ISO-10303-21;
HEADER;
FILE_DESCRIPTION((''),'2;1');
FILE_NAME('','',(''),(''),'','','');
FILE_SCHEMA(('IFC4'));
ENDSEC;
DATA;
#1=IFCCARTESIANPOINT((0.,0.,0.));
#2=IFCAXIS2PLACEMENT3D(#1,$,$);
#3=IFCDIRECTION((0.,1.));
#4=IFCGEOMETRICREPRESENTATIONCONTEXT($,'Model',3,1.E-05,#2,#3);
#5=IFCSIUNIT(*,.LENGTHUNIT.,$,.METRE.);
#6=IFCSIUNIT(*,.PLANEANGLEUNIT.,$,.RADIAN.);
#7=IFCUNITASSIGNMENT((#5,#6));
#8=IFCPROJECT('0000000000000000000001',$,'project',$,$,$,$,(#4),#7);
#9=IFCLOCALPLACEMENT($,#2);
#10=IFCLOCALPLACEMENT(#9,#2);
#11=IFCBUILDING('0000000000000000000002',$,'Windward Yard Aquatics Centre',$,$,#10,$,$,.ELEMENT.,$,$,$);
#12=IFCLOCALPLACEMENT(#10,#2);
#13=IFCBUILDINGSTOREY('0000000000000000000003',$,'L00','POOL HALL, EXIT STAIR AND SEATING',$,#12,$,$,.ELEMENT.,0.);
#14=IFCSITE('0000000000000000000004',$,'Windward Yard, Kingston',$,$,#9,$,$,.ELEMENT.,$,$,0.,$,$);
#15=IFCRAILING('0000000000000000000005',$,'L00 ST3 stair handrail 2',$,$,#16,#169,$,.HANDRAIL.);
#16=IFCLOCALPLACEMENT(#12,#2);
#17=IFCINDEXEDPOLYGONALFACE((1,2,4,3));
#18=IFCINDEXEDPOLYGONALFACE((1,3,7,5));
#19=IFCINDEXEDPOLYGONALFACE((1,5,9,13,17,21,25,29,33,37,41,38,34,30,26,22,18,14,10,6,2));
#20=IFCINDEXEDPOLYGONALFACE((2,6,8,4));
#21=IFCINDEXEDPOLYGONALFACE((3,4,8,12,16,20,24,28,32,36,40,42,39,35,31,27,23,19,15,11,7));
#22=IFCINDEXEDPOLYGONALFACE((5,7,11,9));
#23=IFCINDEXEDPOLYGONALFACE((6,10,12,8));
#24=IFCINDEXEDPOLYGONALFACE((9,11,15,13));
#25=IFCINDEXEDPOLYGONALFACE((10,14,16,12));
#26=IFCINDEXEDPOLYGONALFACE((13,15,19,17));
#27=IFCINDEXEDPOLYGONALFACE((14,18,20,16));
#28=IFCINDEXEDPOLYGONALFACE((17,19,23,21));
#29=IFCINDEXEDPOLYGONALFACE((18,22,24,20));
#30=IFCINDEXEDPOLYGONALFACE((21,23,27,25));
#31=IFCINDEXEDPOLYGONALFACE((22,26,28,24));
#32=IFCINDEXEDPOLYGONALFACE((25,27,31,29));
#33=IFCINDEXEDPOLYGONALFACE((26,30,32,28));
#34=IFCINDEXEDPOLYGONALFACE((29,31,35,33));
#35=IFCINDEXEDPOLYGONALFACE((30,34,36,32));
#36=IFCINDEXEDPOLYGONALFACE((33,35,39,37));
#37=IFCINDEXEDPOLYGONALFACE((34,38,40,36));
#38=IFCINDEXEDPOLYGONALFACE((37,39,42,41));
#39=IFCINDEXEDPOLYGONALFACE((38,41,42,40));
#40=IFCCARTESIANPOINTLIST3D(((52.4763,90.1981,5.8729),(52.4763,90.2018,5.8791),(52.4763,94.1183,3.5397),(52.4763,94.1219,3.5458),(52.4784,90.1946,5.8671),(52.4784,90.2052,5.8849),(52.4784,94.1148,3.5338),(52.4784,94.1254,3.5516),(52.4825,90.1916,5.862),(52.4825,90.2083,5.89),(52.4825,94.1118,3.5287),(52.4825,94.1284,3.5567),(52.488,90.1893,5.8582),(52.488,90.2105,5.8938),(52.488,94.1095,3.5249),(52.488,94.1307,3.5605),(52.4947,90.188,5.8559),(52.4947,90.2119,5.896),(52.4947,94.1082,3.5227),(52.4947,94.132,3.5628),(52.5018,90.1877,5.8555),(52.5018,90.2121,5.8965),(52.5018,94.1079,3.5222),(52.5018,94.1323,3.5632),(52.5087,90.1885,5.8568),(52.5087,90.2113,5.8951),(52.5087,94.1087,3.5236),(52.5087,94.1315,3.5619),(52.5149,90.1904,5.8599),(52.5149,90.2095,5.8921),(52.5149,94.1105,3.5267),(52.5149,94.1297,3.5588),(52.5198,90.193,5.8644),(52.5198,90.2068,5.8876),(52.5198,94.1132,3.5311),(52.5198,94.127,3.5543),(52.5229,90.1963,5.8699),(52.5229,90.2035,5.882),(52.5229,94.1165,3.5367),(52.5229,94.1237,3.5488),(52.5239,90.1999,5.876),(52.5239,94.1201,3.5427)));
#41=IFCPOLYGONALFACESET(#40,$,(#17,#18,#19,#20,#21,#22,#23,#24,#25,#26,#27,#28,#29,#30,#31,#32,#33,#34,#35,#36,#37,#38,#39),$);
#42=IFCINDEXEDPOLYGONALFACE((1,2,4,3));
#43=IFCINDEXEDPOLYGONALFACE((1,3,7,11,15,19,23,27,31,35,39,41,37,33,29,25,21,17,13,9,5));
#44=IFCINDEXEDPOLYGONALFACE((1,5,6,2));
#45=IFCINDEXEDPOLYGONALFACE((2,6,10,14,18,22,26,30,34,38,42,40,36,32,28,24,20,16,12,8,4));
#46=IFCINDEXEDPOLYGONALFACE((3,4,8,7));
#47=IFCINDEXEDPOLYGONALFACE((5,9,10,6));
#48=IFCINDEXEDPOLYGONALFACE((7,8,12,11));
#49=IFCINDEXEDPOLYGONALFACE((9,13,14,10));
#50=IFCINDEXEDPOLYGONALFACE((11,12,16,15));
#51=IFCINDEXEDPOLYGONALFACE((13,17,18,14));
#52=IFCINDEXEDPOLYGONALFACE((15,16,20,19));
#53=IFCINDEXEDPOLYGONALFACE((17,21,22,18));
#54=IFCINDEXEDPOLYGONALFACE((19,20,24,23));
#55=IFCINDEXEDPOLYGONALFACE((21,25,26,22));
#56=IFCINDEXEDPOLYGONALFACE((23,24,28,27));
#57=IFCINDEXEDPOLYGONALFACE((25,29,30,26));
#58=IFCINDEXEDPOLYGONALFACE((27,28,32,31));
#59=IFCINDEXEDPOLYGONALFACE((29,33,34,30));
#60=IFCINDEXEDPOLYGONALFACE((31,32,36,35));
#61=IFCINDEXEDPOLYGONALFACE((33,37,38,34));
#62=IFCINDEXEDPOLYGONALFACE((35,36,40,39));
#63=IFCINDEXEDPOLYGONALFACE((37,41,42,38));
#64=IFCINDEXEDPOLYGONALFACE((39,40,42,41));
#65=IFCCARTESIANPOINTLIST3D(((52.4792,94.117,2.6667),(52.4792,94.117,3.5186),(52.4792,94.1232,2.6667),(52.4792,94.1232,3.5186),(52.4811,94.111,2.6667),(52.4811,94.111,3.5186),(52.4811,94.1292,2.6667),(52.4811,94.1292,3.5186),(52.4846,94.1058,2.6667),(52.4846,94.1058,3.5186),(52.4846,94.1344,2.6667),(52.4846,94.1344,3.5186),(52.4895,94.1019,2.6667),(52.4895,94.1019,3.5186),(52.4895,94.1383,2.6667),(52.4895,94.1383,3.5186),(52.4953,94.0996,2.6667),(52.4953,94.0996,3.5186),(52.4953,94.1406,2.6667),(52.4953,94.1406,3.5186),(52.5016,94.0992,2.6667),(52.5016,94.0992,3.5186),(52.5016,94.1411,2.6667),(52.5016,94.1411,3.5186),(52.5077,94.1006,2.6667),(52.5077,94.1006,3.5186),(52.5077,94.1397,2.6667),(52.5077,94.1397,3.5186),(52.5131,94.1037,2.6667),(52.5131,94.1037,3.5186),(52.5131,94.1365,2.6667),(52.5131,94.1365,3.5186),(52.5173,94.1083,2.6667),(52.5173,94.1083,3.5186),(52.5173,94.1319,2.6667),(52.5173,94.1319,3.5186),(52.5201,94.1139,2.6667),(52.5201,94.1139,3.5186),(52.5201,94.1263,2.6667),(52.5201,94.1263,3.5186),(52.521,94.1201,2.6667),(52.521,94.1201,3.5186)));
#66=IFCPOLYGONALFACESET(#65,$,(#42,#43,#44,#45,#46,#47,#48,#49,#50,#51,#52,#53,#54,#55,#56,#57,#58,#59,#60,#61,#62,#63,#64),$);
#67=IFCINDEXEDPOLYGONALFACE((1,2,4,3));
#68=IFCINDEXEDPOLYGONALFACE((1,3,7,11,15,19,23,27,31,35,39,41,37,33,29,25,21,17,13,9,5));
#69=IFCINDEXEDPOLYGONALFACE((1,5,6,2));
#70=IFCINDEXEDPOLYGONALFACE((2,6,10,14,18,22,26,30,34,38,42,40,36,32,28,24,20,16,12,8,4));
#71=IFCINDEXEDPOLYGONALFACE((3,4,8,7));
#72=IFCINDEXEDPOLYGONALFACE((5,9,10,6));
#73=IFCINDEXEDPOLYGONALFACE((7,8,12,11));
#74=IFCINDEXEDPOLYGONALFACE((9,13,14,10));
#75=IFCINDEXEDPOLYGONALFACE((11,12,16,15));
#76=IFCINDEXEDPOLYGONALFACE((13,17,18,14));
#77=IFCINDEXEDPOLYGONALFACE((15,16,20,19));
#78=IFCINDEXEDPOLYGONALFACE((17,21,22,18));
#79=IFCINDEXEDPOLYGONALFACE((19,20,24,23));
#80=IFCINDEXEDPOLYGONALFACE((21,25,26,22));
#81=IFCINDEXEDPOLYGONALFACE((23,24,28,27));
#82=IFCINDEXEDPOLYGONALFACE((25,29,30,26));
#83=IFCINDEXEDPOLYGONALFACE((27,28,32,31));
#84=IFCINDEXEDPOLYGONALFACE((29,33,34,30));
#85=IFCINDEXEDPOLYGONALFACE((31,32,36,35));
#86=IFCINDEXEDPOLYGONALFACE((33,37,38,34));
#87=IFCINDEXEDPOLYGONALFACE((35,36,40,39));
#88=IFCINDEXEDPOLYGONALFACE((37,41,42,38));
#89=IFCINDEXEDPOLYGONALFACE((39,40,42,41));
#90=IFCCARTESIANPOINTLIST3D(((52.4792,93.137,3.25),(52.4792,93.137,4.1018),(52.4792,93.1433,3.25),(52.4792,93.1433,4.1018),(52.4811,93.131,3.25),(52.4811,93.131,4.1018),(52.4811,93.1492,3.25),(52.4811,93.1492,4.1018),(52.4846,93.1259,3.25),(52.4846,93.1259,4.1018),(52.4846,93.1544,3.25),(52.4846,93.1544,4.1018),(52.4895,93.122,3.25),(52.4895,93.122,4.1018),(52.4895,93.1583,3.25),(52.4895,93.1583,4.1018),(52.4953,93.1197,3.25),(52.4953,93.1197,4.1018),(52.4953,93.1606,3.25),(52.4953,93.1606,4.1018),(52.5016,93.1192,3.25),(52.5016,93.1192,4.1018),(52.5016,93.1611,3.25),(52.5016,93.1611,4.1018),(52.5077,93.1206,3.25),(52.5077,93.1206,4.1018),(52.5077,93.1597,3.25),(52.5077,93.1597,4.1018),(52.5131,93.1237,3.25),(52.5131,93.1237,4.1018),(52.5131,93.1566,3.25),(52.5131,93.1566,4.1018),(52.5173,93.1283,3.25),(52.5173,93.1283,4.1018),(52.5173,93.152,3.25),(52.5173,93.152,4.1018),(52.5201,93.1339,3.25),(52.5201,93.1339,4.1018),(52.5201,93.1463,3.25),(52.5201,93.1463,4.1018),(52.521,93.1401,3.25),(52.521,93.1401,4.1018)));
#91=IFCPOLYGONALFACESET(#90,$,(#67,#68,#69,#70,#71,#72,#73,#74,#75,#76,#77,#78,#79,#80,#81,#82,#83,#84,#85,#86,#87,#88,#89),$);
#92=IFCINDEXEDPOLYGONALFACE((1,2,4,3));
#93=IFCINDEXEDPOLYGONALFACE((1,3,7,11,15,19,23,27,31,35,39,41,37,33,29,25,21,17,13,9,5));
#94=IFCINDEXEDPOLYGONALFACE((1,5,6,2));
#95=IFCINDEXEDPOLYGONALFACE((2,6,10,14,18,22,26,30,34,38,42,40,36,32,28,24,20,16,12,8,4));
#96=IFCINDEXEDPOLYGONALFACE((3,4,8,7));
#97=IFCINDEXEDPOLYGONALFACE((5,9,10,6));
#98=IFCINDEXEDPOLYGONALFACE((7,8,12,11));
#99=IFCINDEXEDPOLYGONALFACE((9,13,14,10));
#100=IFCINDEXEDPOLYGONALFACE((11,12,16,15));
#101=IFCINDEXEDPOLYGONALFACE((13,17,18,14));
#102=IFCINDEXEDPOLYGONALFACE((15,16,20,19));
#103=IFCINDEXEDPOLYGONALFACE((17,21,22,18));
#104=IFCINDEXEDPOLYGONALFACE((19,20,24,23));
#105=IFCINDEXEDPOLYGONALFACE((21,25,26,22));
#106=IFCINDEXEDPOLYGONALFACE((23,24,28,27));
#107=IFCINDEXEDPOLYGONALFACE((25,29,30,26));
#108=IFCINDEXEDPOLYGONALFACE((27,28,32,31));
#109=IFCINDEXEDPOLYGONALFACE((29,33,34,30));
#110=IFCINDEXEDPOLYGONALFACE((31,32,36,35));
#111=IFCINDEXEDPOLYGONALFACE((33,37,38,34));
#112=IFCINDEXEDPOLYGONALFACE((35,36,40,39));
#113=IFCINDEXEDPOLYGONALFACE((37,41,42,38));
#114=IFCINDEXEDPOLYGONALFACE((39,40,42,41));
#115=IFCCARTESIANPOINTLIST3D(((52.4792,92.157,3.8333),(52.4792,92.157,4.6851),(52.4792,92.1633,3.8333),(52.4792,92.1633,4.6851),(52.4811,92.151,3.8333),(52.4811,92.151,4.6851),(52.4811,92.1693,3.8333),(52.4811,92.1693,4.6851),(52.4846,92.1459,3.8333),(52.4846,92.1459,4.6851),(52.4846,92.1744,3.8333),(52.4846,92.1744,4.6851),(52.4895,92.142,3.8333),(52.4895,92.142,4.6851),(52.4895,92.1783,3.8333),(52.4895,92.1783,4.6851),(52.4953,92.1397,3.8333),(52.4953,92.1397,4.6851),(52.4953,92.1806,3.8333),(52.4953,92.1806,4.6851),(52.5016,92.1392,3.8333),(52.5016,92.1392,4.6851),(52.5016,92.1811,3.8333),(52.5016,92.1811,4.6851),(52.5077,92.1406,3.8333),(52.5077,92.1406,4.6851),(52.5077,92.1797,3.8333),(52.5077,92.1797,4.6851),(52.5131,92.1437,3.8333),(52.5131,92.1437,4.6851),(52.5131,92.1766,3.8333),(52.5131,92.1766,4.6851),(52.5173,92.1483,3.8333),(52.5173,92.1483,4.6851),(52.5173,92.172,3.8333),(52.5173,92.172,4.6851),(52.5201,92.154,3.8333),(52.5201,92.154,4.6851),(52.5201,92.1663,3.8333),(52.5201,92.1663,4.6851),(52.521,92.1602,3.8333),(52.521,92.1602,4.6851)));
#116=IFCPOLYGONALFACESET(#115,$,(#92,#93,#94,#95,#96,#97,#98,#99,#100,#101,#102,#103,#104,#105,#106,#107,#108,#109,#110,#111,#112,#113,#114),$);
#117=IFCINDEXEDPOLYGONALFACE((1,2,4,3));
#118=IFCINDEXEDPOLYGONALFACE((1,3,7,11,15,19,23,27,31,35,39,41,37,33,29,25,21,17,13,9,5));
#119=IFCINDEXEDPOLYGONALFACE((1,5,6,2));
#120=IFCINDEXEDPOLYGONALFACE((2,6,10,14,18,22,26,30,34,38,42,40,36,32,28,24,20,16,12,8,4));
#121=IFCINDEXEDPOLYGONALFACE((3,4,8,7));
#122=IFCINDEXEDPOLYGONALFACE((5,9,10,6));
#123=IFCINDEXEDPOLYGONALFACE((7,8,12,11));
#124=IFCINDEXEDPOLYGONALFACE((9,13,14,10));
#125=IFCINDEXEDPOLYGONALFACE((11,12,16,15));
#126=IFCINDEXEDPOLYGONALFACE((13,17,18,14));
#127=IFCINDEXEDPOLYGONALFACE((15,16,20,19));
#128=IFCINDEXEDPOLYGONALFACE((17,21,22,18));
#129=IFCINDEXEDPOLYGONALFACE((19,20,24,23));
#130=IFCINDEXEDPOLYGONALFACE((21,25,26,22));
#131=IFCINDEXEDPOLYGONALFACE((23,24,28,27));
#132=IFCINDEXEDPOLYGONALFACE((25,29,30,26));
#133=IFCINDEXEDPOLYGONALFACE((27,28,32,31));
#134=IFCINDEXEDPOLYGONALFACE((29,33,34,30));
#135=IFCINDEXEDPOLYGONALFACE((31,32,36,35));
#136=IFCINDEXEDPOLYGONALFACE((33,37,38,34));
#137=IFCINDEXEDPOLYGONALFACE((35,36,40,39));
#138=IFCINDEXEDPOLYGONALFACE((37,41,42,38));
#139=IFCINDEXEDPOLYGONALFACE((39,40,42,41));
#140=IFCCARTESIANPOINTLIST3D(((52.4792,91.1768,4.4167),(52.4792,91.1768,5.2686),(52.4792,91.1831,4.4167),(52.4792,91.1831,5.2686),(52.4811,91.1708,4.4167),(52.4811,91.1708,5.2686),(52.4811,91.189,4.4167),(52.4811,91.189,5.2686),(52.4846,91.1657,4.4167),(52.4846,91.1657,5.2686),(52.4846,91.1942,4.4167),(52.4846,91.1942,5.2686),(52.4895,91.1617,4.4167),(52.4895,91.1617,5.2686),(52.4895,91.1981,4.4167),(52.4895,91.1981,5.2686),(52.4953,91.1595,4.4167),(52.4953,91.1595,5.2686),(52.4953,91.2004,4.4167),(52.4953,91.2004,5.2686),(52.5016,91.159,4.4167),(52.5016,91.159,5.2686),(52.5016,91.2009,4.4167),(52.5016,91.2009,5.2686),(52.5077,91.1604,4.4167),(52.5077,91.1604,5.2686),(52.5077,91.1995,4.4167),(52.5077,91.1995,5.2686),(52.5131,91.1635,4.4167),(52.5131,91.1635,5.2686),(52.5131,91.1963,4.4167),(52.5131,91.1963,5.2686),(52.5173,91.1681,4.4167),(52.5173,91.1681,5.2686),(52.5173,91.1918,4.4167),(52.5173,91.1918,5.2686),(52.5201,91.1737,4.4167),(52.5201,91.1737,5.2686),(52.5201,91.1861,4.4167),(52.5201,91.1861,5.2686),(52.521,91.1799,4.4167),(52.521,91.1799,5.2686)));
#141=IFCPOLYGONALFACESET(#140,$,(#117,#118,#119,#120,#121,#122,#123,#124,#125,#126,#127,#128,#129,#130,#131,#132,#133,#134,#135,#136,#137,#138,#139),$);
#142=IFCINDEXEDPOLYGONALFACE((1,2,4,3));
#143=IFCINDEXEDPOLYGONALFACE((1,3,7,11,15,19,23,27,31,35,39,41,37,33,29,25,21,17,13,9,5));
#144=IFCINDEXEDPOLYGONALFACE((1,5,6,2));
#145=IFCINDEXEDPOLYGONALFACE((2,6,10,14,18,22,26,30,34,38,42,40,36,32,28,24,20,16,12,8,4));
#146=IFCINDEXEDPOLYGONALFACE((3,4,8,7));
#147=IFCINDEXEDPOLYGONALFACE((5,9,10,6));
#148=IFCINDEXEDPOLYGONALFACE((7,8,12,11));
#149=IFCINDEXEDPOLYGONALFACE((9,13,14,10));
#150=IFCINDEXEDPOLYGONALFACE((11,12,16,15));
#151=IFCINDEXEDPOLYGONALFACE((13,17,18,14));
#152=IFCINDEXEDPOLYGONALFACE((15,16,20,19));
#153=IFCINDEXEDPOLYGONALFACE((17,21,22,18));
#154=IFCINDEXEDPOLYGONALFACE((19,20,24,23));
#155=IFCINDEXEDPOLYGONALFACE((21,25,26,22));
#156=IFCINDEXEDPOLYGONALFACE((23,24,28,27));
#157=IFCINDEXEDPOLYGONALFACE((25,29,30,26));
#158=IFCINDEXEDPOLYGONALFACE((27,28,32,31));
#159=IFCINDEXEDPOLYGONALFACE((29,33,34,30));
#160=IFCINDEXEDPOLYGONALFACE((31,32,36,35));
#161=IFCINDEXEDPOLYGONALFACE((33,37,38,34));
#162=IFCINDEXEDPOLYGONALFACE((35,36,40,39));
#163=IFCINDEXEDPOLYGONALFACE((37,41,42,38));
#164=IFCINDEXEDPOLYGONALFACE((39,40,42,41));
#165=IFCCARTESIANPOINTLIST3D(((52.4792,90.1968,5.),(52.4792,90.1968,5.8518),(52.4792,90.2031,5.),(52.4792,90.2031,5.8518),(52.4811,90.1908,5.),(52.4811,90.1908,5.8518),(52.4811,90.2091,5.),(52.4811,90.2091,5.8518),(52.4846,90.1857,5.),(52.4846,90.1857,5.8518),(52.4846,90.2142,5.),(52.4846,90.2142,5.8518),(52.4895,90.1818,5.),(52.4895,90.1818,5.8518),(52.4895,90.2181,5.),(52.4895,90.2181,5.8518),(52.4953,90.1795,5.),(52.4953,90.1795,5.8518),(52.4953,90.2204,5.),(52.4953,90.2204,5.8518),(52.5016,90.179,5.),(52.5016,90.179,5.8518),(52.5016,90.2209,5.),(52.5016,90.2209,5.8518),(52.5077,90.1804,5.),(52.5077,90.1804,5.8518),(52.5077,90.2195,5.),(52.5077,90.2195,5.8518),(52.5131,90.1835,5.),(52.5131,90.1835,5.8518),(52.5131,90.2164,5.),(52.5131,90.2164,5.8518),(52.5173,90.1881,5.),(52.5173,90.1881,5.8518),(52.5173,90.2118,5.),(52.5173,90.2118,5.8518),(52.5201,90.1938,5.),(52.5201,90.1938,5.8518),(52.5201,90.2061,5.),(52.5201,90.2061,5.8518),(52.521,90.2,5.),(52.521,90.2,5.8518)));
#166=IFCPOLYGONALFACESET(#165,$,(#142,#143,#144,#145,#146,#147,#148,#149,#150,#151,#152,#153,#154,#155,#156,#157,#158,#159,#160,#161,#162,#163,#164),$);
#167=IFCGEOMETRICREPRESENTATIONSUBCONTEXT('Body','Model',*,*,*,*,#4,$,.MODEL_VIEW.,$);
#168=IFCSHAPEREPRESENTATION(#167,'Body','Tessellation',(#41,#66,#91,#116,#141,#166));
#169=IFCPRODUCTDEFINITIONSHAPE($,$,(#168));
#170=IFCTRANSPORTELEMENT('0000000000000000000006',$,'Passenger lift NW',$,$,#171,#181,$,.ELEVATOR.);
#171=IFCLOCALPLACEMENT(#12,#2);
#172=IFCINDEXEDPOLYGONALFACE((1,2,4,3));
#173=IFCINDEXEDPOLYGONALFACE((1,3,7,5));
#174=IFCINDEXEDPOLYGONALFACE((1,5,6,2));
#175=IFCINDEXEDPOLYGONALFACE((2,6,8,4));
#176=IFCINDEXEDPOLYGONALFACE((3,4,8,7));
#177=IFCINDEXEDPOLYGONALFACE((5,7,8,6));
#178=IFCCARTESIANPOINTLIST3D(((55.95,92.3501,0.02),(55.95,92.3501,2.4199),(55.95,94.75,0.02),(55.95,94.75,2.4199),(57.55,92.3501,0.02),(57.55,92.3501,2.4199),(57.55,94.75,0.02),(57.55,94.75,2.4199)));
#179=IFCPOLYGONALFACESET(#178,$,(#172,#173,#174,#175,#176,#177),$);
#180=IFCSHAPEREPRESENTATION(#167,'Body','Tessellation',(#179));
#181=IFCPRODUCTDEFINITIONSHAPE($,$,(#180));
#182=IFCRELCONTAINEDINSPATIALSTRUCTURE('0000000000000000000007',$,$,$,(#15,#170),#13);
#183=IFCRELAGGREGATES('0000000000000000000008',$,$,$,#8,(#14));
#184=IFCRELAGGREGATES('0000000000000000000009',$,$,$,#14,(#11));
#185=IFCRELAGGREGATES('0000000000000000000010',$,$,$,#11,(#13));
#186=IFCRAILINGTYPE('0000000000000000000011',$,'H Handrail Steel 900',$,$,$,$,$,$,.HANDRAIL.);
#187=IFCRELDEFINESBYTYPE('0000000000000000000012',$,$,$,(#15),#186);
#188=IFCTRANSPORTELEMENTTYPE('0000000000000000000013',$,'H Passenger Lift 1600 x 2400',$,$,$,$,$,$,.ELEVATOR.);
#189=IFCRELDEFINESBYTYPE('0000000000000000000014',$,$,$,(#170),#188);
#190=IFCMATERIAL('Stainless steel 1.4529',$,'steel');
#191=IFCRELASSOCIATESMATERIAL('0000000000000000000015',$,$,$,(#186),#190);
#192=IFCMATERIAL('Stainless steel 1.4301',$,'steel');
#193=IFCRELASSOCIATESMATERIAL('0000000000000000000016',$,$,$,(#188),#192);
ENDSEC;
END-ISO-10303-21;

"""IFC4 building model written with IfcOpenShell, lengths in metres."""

from ifc_helpers import new_model, si_unit, direction, frame, origin, origin_2d, place, context, subcontext, project, spatial, rectangle, circle, extrude, material, type_object, element, save


model = new_model("IFC4")

# Units and contexts
model_context = context("Model", 3, precision=1e-05, world=origin(), true_north=direction((0.0, 1.0)))
body_context = subcontext(model_context, "Body", "Model", "MODEL_VIEW")
ifc_project = project(units=[si_unit("LENGTHUNIT", "METRE"), si_unit("PLANEANGLEUNIT", "RADIAN")], contexts=[model_context])

# Site, building, storey
site_placement = place(None, origin())
site = spatial("IfcSite", under=ifc_project, at=site_placement, Name="Windward Yard, Kingston", CompositionType="ELEMENT", RefElevation=0.0)
building_placement = place(site_placement, origin())
building = spatial("IfcBuilding", under=site, at=building_placement, Name="Windward Yard Aquatics Centre", CompositionType="ELEMENT")
storey_placement = place(building_placement, origin())
storey = spatial("IfcBuildingStorey", under=building, at=storey_placement, Name="L00", Description="POOL HALL, EXIT STAIR AND SEATING", CompositionType="ELEMENT", Elevation=0.0)

# Shared definitions
ifc_material_1 = material(Name="Stainless steel 1.4301", Category="steel")

# Railing
ifc_material_2 = material(Name="Stainless steel 1.4529", Category="steel")
railing_type_1 = type_object("IfcRailingType", Name="H Handrail Steel 900", PredefinedType="HANDRAIL", material=ifc_material_2)
railing_1_placement = place(storey_placement, frame((52.5, 94.1201, 2.6667)))
element("IfcRailing", 1, at=railing_1_placement, inside=storey, type_object=railing_type_1, Name="L00 ST3 stair handrail 2", PredefinedType="HANDRAIL", context=body_context, shape_type="SweptSolid", body=[
    extrude(circle(Radius=0.0239, at=origin_2d()), frame((0.0, 0.0, 0.876), z_axis=(0.0, -0.85931, 0.511455), x_axis=(1.0, 0.0, 0.0)), (0.0, 0.0, 1.0), 4.562),
    extrude(circle(Radius=0.021, at=origin_2d()), origin(), (0.0, 0.0, 1.0), 0.8518),
    extrude(circle(Radius=0.021, at=origin_2d()), frame((0.0, -0.98, 0.5833)), (0.0, 0.0, 1.0), 0.8518),
    extrude(circle(Radius=0.021, at=origin_2d()), frame((0.0, -1.96, 1.1665)), (0.0, 0.0, 1.0), 0.8518),
    extrude(circle(Radius=0.021, at=origin_2d()), frame((0.0, -2.9402, 1.75)), (0.0, 0.0, 1.0), 0.8518),
    extrude(circle(Radius=0.021, at=origin_2d()), frame((0.0, -3.9202, 2.3333)), (0.0, 0.0, 1.0), 0.8518),
])

# Transport element
transport_element_type = type_object("IfcTransportElementType", Name="H Passenger Lift 1600 x 2400", PredefinedType="ELEVATOR", material=ifc_material_1)
transport_element_placement = place(storey_placement, frame((56.75, 93.55, 0.02), z_axis=(0.0, 0.0, 1.0), x_axis=(1.0, 0.0, 0.0)))
element("IfcTransportElement", 2, at=transport_element_placement, inside=storey, type_object=transport_element_type, Name="Passenger lift NW", PredefinedType="ELEVATOR", context=body_context, shape_type="SweptSolid", body=[
    extrude(rectangle(XDim=1.6001, YDim=2.3999, at=origin_2d()), origin(), (0.0, 0.0, 1.0), 2.3999),
])

save(model, "model.ifc")
